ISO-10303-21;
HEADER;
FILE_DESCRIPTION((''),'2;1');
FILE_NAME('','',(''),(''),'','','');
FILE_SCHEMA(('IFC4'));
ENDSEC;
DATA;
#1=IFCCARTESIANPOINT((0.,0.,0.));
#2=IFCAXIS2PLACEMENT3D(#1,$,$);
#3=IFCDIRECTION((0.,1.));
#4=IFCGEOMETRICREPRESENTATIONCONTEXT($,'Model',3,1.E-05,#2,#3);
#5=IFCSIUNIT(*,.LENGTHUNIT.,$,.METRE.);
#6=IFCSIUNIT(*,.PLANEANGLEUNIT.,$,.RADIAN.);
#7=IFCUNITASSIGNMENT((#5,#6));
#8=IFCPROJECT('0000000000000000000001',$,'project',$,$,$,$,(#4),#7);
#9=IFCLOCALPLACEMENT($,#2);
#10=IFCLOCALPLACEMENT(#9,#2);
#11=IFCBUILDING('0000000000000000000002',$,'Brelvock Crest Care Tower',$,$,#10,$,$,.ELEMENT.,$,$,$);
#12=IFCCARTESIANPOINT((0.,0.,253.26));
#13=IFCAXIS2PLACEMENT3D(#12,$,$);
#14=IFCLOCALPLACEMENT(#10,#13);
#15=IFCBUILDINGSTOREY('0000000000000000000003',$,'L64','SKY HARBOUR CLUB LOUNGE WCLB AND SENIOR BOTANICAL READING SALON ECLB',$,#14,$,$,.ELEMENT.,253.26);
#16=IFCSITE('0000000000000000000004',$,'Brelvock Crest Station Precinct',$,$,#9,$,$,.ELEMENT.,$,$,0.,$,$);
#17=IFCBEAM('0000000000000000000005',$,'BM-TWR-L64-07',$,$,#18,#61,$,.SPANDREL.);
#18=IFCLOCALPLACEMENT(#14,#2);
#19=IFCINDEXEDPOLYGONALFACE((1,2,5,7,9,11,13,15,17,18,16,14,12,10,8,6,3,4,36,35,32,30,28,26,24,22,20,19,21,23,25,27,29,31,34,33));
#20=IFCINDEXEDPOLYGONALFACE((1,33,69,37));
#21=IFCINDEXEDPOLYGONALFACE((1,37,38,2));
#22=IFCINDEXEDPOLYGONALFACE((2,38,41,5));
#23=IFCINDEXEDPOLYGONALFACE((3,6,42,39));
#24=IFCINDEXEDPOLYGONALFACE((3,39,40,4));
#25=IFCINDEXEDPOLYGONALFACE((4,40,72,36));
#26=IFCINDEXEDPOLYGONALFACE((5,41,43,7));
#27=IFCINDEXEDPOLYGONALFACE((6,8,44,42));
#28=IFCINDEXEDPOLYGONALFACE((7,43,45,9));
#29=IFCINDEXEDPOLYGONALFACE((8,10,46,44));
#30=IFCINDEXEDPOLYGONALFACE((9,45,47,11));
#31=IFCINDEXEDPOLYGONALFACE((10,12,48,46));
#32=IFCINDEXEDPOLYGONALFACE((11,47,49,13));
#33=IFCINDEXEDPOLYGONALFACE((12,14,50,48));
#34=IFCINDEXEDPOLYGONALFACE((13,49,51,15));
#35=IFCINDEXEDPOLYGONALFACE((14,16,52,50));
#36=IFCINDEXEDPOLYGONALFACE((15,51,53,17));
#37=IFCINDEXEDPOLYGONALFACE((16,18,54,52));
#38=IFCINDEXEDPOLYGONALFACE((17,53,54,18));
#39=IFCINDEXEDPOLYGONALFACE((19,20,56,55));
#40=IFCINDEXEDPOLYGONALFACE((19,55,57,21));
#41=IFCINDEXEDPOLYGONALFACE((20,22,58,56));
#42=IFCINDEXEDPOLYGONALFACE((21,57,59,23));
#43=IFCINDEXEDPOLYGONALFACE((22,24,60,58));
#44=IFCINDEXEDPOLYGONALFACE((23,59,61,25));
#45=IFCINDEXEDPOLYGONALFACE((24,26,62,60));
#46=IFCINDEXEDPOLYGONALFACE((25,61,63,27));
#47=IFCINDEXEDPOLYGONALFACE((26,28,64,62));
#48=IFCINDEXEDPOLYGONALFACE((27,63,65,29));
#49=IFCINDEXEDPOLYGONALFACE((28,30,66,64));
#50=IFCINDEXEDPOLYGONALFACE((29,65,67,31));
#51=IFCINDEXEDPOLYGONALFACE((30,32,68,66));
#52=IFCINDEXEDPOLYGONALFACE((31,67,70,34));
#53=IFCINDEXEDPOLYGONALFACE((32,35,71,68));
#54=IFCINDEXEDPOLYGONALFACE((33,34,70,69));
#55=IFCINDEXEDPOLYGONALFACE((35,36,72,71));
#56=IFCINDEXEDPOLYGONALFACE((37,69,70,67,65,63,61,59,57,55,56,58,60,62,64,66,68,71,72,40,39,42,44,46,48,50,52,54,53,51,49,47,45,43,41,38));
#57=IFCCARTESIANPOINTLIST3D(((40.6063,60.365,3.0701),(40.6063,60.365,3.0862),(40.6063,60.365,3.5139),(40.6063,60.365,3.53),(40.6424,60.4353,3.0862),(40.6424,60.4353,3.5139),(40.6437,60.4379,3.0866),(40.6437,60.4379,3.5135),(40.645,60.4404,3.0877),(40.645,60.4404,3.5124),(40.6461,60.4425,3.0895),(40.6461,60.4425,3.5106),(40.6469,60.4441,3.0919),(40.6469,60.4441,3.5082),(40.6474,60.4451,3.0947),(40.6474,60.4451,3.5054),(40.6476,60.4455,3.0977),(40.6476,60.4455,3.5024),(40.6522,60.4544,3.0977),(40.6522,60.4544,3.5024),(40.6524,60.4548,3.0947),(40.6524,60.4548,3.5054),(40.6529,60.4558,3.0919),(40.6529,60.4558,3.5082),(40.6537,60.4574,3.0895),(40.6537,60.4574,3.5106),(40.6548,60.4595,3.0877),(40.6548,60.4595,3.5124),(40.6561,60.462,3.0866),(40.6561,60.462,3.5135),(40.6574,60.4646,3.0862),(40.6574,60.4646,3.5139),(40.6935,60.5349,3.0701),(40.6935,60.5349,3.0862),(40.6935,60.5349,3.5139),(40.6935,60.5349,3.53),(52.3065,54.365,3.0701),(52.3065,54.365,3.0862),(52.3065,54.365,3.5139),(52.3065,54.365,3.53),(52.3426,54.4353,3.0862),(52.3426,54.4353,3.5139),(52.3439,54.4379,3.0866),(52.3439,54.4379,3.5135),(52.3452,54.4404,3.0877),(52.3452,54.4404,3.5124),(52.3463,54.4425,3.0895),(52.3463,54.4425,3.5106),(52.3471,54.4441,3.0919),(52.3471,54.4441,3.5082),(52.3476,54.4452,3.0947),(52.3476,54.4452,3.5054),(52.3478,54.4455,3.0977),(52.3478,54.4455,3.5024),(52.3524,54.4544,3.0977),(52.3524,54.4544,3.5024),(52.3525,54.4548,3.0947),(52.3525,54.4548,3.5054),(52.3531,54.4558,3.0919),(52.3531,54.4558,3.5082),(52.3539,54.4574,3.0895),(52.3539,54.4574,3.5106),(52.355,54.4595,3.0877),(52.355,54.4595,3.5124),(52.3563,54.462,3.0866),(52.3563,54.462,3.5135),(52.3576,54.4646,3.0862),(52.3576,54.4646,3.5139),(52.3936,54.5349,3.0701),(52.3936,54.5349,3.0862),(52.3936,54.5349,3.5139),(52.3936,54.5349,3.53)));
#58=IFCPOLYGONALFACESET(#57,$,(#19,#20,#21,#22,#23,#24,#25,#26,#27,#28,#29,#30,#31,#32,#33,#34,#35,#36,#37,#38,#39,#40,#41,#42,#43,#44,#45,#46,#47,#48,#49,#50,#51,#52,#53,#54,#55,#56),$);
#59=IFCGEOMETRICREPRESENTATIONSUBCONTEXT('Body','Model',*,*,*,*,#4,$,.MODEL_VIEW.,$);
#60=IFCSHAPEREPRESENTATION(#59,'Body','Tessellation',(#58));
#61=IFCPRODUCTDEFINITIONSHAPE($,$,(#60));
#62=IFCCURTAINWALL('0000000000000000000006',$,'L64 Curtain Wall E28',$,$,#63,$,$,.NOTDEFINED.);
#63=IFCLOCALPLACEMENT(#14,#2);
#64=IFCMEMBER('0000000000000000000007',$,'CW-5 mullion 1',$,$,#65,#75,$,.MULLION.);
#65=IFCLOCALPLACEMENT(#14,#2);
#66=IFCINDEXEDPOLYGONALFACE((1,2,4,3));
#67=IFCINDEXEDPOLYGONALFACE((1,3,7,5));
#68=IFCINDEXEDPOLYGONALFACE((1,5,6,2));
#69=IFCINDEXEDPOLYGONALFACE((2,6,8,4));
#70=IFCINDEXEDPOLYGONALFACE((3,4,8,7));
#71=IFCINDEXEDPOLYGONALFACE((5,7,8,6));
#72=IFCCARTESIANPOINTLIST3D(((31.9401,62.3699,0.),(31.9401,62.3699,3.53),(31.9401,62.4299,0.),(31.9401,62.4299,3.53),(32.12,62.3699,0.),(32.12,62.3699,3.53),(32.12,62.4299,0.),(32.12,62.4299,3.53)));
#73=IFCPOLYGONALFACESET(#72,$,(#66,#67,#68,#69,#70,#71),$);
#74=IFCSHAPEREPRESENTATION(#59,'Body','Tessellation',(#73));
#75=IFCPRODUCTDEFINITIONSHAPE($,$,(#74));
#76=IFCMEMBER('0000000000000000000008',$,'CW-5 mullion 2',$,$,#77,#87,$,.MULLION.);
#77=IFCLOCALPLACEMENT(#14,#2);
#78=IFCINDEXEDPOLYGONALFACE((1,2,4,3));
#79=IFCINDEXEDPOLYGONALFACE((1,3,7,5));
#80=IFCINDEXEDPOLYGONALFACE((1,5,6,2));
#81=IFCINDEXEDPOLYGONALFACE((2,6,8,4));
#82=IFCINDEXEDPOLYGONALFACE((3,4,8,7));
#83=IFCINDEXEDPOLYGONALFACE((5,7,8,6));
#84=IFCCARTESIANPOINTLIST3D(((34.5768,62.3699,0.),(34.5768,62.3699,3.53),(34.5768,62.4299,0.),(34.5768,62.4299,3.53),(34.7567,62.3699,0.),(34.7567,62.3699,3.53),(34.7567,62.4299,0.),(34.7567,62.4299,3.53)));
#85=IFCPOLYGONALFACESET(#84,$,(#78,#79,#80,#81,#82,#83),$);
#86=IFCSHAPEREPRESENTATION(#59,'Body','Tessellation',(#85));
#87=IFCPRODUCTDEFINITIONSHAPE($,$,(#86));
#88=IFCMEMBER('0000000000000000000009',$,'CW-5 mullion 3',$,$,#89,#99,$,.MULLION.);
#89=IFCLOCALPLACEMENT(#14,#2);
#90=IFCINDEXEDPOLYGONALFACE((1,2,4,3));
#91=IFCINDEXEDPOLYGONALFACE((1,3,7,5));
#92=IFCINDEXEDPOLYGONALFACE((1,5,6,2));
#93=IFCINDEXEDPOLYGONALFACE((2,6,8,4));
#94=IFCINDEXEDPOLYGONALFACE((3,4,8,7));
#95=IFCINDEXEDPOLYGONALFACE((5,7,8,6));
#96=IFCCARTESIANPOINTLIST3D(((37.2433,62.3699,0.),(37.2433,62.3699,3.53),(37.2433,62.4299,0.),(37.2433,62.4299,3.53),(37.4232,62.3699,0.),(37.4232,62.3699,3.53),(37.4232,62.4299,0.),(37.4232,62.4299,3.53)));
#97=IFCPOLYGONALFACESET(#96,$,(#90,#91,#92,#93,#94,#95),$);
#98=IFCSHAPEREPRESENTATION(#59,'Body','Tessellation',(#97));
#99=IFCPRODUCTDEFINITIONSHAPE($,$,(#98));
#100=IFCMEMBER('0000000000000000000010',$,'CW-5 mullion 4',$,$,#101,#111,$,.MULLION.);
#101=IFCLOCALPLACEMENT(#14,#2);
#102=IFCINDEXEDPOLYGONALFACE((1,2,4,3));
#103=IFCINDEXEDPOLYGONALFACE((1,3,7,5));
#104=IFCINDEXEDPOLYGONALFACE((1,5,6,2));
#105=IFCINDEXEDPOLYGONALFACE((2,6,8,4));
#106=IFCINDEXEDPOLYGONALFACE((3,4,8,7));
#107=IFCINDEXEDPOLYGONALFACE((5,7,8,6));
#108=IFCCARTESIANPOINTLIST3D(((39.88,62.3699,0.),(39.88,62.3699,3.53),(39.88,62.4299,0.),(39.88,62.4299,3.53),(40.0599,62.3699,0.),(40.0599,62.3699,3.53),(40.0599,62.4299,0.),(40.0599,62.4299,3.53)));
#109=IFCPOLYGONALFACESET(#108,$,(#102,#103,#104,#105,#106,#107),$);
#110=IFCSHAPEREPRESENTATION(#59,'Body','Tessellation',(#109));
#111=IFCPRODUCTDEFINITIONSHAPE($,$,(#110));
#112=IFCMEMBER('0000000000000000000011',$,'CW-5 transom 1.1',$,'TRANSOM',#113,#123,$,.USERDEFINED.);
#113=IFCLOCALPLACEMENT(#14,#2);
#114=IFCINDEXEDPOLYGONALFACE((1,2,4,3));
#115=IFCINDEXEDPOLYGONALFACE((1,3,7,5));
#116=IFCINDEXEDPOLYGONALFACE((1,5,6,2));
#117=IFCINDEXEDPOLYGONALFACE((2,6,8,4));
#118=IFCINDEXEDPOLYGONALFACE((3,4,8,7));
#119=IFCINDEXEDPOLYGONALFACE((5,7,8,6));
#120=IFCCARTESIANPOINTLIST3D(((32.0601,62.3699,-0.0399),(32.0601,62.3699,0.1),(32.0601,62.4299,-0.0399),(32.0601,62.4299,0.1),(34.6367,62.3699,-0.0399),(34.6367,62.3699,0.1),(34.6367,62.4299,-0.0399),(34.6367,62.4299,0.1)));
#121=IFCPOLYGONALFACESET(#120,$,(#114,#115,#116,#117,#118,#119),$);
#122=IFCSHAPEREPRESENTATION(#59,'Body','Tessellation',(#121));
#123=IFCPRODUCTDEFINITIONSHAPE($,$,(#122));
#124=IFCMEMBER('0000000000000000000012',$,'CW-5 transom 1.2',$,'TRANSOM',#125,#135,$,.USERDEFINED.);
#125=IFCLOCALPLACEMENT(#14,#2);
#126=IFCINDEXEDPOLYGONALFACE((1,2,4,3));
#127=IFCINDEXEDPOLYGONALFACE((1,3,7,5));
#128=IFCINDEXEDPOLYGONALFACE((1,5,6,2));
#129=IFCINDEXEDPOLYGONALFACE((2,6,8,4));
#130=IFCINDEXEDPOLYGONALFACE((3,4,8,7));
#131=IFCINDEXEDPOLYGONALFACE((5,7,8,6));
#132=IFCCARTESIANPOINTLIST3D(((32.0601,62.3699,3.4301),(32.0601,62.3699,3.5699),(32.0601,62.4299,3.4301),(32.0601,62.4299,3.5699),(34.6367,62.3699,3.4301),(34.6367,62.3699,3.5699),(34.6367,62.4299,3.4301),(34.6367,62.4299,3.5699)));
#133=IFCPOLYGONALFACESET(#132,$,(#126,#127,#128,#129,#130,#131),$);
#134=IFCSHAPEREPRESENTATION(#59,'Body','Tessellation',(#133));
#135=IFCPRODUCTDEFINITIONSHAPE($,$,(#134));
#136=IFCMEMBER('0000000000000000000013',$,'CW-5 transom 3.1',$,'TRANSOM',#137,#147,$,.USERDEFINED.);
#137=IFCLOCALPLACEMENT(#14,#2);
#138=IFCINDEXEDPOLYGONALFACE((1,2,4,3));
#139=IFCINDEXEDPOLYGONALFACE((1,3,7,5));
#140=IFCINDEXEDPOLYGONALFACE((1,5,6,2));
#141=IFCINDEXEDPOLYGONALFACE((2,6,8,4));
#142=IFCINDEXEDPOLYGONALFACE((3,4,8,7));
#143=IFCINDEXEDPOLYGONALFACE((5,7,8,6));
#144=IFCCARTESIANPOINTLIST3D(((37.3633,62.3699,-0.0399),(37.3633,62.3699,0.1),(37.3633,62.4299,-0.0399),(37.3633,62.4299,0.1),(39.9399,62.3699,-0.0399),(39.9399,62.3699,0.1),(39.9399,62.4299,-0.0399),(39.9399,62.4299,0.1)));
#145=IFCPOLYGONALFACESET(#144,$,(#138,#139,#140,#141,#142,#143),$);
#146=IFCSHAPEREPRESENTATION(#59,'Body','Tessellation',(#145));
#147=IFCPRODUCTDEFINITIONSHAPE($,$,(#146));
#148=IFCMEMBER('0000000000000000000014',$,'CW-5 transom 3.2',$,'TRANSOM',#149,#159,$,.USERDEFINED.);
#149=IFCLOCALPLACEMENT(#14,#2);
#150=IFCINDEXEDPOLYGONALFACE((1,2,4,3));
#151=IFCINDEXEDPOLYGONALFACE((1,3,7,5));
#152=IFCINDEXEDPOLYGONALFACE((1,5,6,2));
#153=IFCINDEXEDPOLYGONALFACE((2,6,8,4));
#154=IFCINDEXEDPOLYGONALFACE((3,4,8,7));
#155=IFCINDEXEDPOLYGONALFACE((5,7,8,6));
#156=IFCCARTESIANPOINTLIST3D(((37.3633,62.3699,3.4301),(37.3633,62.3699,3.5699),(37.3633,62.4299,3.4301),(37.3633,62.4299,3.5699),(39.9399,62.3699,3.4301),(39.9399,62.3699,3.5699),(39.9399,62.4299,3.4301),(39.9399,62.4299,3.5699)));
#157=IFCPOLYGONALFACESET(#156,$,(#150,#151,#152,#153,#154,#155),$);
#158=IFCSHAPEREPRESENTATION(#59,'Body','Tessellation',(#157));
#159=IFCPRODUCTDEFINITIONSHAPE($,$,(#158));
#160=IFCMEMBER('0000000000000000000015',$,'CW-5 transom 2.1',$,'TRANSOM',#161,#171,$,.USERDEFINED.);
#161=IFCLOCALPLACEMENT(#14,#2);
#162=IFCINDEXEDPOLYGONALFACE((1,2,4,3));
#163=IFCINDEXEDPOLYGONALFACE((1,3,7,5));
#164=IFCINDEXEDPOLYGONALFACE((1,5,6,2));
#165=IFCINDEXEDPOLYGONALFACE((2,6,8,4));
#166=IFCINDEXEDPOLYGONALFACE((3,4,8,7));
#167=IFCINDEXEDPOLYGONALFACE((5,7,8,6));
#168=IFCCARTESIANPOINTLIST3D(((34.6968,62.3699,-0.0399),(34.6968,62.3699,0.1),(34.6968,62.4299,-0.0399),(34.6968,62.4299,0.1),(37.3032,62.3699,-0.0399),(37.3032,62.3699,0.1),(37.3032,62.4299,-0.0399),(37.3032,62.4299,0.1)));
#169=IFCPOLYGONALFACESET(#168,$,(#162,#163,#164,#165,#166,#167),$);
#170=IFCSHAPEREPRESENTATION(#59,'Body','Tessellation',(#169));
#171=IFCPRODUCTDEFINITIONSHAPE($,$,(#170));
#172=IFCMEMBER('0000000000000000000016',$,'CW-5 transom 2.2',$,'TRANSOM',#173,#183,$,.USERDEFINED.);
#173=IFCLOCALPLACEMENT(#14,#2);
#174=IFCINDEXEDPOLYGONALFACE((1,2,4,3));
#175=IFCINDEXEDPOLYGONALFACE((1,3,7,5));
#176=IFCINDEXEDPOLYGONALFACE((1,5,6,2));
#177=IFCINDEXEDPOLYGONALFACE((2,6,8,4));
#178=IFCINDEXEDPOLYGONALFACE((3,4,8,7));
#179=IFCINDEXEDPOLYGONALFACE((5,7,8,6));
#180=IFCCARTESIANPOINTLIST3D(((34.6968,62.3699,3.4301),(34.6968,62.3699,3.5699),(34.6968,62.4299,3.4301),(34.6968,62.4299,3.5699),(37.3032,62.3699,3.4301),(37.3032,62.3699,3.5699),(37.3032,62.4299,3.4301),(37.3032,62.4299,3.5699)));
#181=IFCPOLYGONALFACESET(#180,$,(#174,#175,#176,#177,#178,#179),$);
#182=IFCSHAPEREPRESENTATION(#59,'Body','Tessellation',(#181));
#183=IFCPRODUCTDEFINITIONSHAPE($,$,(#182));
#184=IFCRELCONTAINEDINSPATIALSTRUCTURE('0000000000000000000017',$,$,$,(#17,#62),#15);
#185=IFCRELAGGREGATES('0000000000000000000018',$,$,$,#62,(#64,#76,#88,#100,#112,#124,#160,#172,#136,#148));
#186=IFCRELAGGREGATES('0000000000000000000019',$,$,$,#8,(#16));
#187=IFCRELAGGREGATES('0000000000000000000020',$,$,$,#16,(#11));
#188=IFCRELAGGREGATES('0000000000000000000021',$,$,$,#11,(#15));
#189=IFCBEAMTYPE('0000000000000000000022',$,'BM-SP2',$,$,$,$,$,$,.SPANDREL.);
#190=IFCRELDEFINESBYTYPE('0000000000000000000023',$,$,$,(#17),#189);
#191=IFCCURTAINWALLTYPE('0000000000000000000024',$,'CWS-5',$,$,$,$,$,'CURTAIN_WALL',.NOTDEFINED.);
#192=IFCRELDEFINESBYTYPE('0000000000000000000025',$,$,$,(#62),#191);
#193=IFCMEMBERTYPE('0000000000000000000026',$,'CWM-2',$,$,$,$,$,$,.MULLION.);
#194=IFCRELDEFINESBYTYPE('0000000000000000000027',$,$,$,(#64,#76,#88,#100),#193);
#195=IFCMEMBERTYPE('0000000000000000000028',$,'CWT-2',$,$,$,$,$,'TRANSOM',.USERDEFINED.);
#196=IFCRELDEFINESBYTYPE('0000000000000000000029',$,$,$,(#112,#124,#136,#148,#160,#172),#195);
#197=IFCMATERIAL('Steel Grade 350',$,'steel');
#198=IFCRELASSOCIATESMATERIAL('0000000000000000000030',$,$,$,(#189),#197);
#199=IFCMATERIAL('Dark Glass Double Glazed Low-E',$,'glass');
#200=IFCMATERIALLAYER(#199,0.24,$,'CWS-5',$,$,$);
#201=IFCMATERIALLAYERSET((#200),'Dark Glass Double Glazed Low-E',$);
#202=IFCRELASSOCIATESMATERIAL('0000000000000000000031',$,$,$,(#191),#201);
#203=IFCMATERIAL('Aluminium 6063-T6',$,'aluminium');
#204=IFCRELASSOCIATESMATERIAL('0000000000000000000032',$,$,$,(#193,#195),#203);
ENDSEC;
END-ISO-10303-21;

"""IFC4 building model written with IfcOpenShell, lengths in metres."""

from ifc_helpers import new_model, si_unit, direction, frame, origin, origin_2d, place, context, subcontext, project, spatial, rectangle, i_section, extrude, source, transform, mapped, material, layer, layer_set, material_profile, profile_set, type_object, element, aggregate, save


model = new_model("IFC4")

# Units and contexts
model_context = context("Model", 3, precision=1e-05, world=origin(), true_north=direction((0.0, 1.0)))
body_context = subcontext(model_context, "Body", "Model", "MODEL_VIEW")
ifc_project = project(units=[si_unit("LENGTHUNIT", "METRE"), si_unit("PLANEANGLEUNIT", "RADIAN")], contexts=[model_context])

# Site, building, storey
site_placement = place(None, origin())
site = spatial("IfcSite", under=ifc_project, at=site_placement, Name="Brelvock Crest Station Precinct", CompositionType="ELEMENT", RefElevation=0.0)
building_placement = place(site_placement, origin())
building = spatial("IfcBuilding", under=site, at=building_placement, Name="Brelvock Crest Care Tower", CompositionType="ELEMENT")
storey_placement = place(building_placement, frame((0.0, 0.0, 253.26)))
storey = spatial("IfcBuildingStorey", under=building, at=storey_placement, Name="L64", Description="SKY HARBOUR CLUB LOUNGE WCLB AND SENIOR BOTANICAL READING SALON ECLB", CompositionType="ELEMENT", Elevation=253.26)

# Shared definitions
ifc_material_1 = material(Name="Steel Grade 350", Category="steel")

# Beam
ifc_material_profile_1 = material_profile(ifc_material_1, i_section(OverallWidth=0.1909, OverallDepth=0.46, WebThickness=0.01, FlangeThickness=0.0161, FilletRadius=0.0115, at=origin_2d()), Name="460UB82.1")
ifc_profile_set_1 = profile_set([ifc_material_profile_1], Name="Steel Grade 350")
beam_type_1 = type_object("IfcBeamType", Name="BM-SP2", PredefinedType="SPANDREL", material=ifc_profile_set_1)
shared_shape_1 = source(origin(), body_context, "Body", "SweptSolid", [
    extrude(i_section(OverallWidth=0.1909, OverallDepth=0.46, WebThickness=0.01, FlangeThickness=0.0161, FilletRadius=0.0115, at=origin_2d()), origin(), (0.0, 0.0, 1.0), 13.1489),
])
beam_placement = place(storey_placement, frame((40.6499, 60.45, 3.3), z_axis=(0.889821, -0.456311, 0.0), x_axis=(0.456311, 0.889821, 0.0)))
element("IfcBeam", 1, at=beam_placement, inside=storey, type_object=beam_type_1, Name="BM-TWR-L64-07", PredefinedType="SPANDREL", context=body_context, shape_type="MappedRepresentation", body=[
    mapped(shared_shape_1, transform((0.0, 0.0, 0.0), x_axis=(1.0, 0.0, 0.0), y_axis=(0.0, 1.0, 0.0), z_axis=(0.0, 0.0, 1.0), scale=1.0)),
])

# Curtain wall, members
ifc_material_2 = material(Name="Dark Glass Double Glazed Low-E", Category="glass")
ifc_layer_1 = layer(ifc_material_2, 0.24, Name="CWS-5")
ifc_layer_set_1 = layer_set([ifc_layer_1], Name="Dark Glass Double Glazed Low-E")
curtain_wall_type = type_object("IfcCurtainWallType", Name="CWS-5", ElementType="CURTAIN_WALL", PredefinedType="NOTDEFINED", material=ifc_layer_set_1)
curtain_wall_placement = place(storey_placement, origin())
curtain_wall = element("IfcCurtainWall", 2, at=curtain_wall_placement, inside=storey, type_object=curtain_wall_type, Name="L64 Curtain Wall E28", PredefinedType="NOTDEFINED")
ifc_material_3 = material(Name="Aluminium 6063-T6", Category="aluminium")
ifc_material_profile_2 = material_profile(ifc_material_3, rectangle(XDim=0.0601, YDim=0.1799, at=origin_2d()), Name="ALU60x180")
ifc_profile_set_2 = profile_set([ifc_material_profile_2], Name="Aluminium 6063-T6")
member_type_1 = type_object("IfcMemberType", Name="CWM-2", PredefinedType="MULLION", material=ifc_profile_set_2)
shared_shape_2 = source(origin(), body_context, "Body", "SweptSolid", [
    extrude(rectangle(XDim=0.0601, YDim=0.1799, at=origin_2d()), origin(), (0.0, 0.0, 1.0), 3.53),
])
member_1_placement = place(storey_placement, frame((32.03, 62.3999, 0.0), z_axis=(0.0, 0.0, 1.0), x_axis=(0.0, 1.0, 0.0)))
member_1 = element("IfcMember", 3, at=member_1_placement, type_object=member_type_1, Name="CW-5 mullion 1", PredefinedType="MULLION", context=body_context, shape_type="MappedRepresentation", body=[
    mapped(shared_shape_2, transform((0.0, 0.0, 0.0), x_axis=(1.0, 0.0, 0.0), y_axis=(0.0, 1.0, 0.0), z_axis=(0.0, 0.0, 1.0), scale=1.0)),
])
member_2_placement = place(storey_placement, frame((34.6667, 62.3999, 0.0), z_axis=(0.0, 0.0, 1.0), x_axis=(0.0, 1.0, 0.0)))
member_2 = element("IfcMember", 4, at=member_2_placement, type_object=member_type_1, Name="CW-5 mullion 2", PredefinedType="MULLION", context=body_context, shape_type="MappedRepresentation", body=[
    mapped(shared_shape_2, transform((0.0, 0.0, 0.0), x_axis=(1.0, 0.0, 0.0), y_axis=(0.0, 1.0, 0.0), z_axis=(0.0, 0.0, 1.0), scale=1.0)),
])
member_3_placement = place(storey_placement, frame((37.3333, 62.3999, 0.0), z_axis=(0.0, 0.0, 1.0), x_axis=(0.0, 1.0, 0.0)))
member_3 = element("IfcMember", 5, at=member_3_placement, type_object=member_type_1, Name="CW-5 mullion 3", PredefinedType="MULLION", context=body_context, shape_type="MappedRepresentation", body=[
    mapped(shared_shape_2, transform((0.0, 0.0, 0.0), x_axis=(1.0, 0.0, 0.0), y_axis=(0.0, 1.0, 0.0), z_axis=(0.0, 0.0, 1.0), scale=1.0)),
])
member_4_placement = place(storey_placement, frame((39.97, 62.3999, 0.0), z_axis=(0.0, 0.0, 1.0), x_axis=(0.0, 1.0, 0.0)))
member_4 = element("IfcMember", 6, at=member_4_placement, type_object=member_type_1, Name="CW-5 mullion 4", PredefinedType="MULLION", context=body_context, shape_type="MappedRepresentation", body=[
    mapped(shared_shape_2, transform((0.0, 0.0, 0.0), x_axis=(1.0, 0.0, 0.0), y_axis=(0.0, 1.0, 0.0), z_axis=(0.0, 0.0, 1.0), scale=1.0)),
])
ifc_material_profile_3 = material_profile(ifc_material_3, rectangle(XDim=0.0601, YDim=0.1399, at=origin_2d()), Name="ALU60x140")
ifc_profile_set_3 = profile_set([ifc_material_profile_3], Name="Aluminium 6063-T6")
member_type_2 = type_object("IfcMemberType", Name="CWT-2", ElementType="TRANSOM", PredefinedType="USERDEFINED", material=ifc_profile_set_3)
shared_shape_3 = source(origin(), body_context, "Body", "SweptSolid", [
    extrude(rectangle(XDim=0.0601, YDim=0.1399, at=origin_2d()), origin(), (0.0, 0.0, 1.0), 2.5767),
])
member_5_placement = place(storey_placement, frame((32.0601, 62.3999, 0.03), z_axis=(1.0, 0.0, 0.0), x_axis=(0.0, 1.0, 0.0)))
member_5 = element("IfcMember", 7, at=member_5_placement, type_object=member_type_2, Name="CW-5 transom 1.1", ObjectType="TRANSOM", PredefinedType="USERDEFINED", context=body_context, shape_type="MappedRepresentation", body=[
    mapped(shared_shape_3, transform((0.0, 0.0, 0.0), x_axis=(1.0, 0.0, 0.0), y_axis=(0.0, 1.0, 0.0), z_axis=(0.0, 0.0, 1.0), scale=1.0)),
])
member_6_placement = place(storey_placement, frame((32.0601, 62.3999, 3.5), z_axis=(1.0, 0.0, 0.0), x_axis=(0.0, 1.0, 0.0)))
member_6 = element("IfcMember", 8, at=member_6_placement, type_object=member_type_2, Name="CW-5 transom 1.2", ObjectType="TRANSOM", PredefinedType="USERDEFINED", context=body_context, shape_type="MappedRepresentation", body=[
    mapped(shared_shape_3, transform((0.0, 0.0, 0.0), x_axis=(1.0, 0.0, 0.0), y_axis=(0.0, 1.0, 0.0), z_axis=(0.0, 0.0, 1.0), scale=1.0)),
])
member_7_placement = place(storey_placement, frame((37.3633, 62.3999, 0.03), z_axis=(1.0, 0.0, 0.0), x_axis=(0.0, 1.0, 0.0)))
member_7 = element("IfcMember", 9, at=member_7_placement, type_object=member_type_2, Name="CW-5 transom 3.1", ObjectType="TRANSOM", PredefinedType="USERDEFINED", context=body_context, shape_type="MappedRepresentation", body=[
    mapped(shared_shape_3, transform((0.0, 0.0, 0.0), x_axis=(1.0, 0.0, 0.0), y_axis=(0.0, 1.0, 0.0), z_axis=(0.0, 0.0, 1.0), scale=1.0)),
])
member_8_placement = place(storey_placement, frame((37.3633, 62.3999, 3.5), z_axis=(1.0, 0.0, 0.0), x_axis=(0.0, 1.0, 0.0)))
member_8 = element("IfcMember", 10, at=member_8_placement, type_object=member_type_2, Name="CW-5 transom 3.2", ObjectType="TRANSOM", PredefinedType="USERDEFINED", context=body_context, shape_type="MappedRepresentation", body=[
    mapped(shared_shape_3, transform((0.0, 0.0, 0.0), x_axis=(1.0, 0.0, 0.0), y_axis=(0.0, 1.0, 0.0), z_axis=(0.0, 0.0, 1.0), scale=1.0)),
])
shared_shape_4 = source(origin(), body_context, "Body", "SweptSolid", [
    extrude(rectangle(XDim=0.0601, YDim=0.1399, at=origin_2d()), origin(), (0.0, 0.0, 1.0), 2.6064),
])
member_9_placement = place(storey_placement, frame((34.6968, 62.3999, 0.03), z_axis=(1.0, 0.0, 0.0), x_axis=(0.0, 1.0, 0.0)))
member_9 = element("IfcMember", 11, at=member_9_placement, type_object=member_type_2, Name="CW-5 transom 2.1", ObjectType="TRANSOM", PredefinedType="USERDEFINED", context=body_context, shape_type="MappedRepresentation", body=[
    mapped(shared_shape_4, transform((0.0, 0.0, 0.0), x_axis=(1.0, 0.0, 0.0), y_axis=(0.0, 1.0, 0.0), z_axis=(0.0, 0.0, 1.0), scale=1.0)),
])
member_10_placement = place(storey_placement, frame((34.6968, 62.3999, 3.5), z_axis=(1.0, 0.0, 0.0), x_axis=(0.0, 1.0, 0.0)))
member_10 = element("IfcMember", 12, at=member_10_placement, type_object=member_type_2, Name="CW-5 transom 2.2", ObjectType="TRANSOM", PredefinedType="USERDEFINED", context=body_context, shape_type="MappedRepresentation", body=[
    mapped(shared_shape_4, transform((0.0, 0.0, 0.0), x_axis=(1.0, 0.0, 0.0), y_axis=(0.0, 1.0, 0.0), z_axis=(0.0, 0.0, 1.0), scale=1.0)),
])
aggregate(curtain_wall, [member_1, member_2, member_3, member_4, member_5, member_6, member_9, member_10, member_7, member_8])

save(model, "model.ifc")
